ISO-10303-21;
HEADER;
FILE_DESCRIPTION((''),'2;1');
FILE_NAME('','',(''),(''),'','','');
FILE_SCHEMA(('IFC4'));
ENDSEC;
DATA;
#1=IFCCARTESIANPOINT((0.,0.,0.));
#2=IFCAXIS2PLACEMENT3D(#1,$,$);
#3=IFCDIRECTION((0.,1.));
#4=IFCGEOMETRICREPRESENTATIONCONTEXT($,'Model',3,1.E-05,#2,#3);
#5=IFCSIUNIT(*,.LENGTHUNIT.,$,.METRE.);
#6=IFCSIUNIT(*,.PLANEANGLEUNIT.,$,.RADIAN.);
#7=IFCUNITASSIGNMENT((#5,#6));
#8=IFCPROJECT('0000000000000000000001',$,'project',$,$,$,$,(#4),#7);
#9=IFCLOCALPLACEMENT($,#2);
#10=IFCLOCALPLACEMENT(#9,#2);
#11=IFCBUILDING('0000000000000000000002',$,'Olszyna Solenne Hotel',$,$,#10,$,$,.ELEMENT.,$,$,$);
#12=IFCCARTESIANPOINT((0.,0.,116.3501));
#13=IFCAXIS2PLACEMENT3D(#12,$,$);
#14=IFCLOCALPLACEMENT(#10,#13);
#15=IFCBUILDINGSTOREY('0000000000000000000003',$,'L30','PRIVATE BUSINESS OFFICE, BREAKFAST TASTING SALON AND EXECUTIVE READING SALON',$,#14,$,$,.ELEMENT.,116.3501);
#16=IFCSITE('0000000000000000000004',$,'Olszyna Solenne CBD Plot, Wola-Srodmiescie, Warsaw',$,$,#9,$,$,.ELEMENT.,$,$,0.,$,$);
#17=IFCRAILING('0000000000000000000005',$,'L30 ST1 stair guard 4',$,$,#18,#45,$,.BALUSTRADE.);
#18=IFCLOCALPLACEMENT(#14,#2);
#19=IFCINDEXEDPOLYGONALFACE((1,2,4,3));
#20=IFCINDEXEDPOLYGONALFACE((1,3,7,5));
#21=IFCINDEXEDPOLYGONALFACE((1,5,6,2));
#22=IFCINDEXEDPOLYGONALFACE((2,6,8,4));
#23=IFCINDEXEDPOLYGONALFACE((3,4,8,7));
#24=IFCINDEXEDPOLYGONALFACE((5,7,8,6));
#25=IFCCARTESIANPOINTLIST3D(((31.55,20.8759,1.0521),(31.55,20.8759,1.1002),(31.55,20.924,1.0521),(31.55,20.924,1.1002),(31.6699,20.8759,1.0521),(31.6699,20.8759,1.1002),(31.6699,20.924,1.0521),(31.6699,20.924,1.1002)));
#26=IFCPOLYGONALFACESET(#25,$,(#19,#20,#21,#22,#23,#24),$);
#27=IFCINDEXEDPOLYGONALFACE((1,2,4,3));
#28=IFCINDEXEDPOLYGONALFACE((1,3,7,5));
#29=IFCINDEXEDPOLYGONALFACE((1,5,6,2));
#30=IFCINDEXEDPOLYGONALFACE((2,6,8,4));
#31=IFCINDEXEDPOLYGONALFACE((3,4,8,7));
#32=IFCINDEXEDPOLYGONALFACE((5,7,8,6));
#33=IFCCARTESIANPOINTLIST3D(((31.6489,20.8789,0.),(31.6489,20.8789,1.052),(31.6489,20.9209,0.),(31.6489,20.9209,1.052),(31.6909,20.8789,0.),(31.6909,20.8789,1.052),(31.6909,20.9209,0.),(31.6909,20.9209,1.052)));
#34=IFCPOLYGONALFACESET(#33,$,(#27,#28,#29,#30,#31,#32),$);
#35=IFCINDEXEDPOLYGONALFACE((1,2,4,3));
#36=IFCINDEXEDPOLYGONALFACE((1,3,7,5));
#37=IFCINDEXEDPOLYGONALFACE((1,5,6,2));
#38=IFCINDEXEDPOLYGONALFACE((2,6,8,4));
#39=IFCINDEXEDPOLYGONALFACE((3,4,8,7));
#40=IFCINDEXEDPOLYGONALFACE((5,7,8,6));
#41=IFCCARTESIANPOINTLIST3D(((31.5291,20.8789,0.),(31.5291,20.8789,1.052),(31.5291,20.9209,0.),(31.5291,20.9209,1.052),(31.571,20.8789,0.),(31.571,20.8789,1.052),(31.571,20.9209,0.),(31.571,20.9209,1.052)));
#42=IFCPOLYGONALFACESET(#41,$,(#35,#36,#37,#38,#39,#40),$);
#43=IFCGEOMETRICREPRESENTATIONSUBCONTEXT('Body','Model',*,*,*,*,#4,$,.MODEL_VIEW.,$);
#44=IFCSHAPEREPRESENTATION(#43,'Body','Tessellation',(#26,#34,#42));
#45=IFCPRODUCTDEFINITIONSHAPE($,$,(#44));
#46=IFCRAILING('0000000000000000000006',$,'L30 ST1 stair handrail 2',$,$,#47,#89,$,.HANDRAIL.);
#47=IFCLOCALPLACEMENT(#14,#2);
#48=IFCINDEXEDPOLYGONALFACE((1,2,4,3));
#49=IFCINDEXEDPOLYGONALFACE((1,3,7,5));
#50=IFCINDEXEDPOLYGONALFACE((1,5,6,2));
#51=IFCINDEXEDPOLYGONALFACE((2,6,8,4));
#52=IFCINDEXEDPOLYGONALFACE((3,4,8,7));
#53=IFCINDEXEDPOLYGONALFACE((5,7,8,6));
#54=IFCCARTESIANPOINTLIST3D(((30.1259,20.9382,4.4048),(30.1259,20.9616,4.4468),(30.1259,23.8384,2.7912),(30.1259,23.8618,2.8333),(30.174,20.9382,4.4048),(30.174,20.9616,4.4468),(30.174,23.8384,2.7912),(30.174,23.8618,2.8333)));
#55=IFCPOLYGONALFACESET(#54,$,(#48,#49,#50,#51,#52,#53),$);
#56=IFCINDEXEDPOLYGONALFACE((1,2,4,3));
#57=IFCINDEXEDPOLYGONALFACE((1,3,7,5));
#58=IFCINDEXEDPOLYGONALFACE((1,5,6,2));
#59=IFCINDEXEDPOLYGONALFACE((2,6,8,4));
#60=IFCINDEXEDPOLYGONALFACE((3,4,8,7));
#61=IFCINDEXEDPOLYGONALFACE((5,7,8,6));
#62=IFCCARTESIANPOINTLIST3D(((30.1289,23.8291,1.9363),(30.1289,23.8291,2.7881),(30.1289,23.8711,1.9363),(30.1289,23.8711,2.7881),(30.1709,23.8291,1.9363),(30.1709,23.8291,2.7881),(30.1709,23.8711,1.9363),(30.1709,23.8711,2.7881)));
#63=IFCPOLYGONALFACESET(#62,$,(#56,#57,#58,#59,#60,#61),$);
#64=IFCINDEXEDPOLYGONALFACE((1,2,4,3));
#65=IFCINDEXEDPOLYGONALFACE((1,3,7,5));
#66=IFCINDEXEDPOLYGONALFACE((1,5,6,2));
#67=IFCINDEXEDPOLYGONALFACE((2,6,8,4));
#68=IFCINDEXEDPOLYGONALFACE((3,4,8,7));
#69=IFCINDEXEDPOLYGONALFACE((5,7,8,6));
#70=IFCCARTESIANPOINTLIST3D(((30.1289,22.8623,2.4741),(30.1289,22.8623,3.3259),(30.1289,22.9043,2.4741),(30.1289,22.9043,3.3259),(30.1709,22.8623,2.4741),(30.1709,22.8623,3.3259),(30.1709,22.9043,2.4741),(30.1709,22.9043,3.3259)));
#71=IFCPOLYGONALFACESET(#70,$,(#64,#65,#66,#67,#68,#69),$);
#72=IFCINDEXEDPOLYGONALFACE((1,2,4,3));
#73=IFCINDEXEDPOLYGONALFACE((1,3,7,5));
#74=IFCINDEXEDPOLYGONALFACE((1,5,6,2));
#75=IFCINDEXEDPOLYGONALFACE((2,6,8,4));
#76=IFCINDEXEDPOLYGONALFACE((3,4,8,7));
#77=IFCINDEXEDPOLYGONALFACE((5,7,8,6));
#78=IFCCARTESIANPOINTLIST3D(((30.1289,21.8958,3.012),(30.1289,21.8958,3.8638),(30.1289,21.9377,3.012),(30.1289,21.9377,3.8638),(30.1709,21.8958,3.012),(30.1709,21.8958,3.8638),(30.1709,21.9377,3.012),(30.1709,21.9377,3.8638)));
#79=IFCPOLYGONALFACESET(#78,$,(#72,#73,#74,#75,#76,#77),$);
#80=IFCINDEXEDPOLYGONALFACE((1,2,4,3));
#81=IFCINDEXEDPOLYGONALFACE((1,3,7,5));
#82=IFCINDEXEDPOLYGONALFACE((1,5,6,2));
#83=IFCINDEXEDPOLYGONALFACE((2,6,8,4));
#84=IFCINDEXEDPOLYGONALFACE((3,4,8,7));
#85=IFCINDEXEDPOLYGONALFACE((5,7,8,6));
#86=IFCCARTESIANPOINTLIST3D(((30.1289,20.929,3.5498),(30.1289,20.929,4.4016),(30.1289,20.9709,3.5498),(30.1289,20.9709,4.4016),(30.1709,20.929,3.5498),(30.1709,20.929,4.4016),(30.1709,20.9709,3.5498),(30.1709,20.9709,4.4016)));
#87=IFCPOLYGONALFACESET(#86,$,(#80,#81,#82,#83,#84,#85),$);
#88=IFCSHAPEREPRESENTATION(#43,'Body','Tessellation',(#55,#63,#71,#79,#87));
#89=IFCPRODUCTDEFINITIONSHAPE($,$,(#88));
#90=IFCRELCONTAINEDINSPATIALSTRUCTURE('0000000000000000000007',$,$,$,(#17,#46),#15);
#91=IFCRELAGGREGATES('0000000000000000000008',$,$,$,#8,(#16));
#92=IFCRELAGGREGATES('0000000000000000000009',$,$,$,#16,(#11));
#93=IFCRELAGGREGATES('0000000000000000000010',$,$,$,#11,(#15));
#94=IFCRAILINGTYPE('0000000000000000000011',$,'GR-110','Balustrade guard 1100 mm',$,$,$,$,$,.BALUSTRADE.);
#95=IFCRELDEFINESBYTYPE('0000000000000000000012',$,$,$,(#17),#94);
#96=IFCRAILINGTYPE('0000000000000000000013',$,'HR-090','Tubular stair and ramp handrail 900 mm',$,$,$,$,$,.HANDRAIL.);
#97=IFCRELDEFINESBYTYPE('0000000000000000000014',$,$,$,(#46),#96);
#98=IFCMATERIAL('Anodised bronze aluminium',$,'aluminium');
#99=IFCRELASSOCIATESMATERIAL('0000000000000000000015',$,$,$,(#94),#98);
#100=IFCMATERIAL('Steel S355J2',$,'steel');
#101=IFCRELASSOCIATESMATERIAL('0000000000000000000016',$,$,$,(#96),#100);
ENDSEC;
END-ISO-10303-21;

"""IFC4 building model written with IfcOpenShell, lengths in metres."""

from ifc_helpers import new_model, si_unit, direction, frame, origin, origin_2d, place, context, subcontext, project, spatial, rectangle, extrude, material, type_object, element, save


model = new_model("IFC4")

# Units and contexts
model_context = context("Model", 3, precision=1e-05, world=origin(), true_north=direction((0.0, 1.0)))
body_context = subcontext(model_context, "Body", "Model", "MODEL_VIEW")
ifc_project = project(units=[si_unit("LENGTHUNIT", "METRE"), si_unit("PLANEANGLEUNIT", "RADIAN")], contexts=[model_context])

# Site, building, storey
site_placement = place(None, origin())
site = spatial("IfcSite", under=ifc_project, at=site_placement, Name="Olszyna Solenne CBD Plot, Wola-Srodmiescie, Warsaw", CompositionType="ELEMENT", RefElevation=0.0)
building_placement = place(site_placement, origin())
building = spatial("IfcBuilding", under=site, at=building_placement, Name="Olszyna Solenne Hotel", CompositionType="ELEMENT")
storey_placement = place(building_placement, frame((0.0, 0.0, 116.3501)))
storey = spatial("IfcBuildingStorey", under=building, at=storey_placement, Name="L30", Description="PRIVATE BUSINESS OFFICE, BREAKFAST TASTING SALON AND EXECUTIVE READING SALON", CompositionType="ELEMENT", Elevation=116.3501)

# Shared definitions
ifc_material_1 = material(Name="Anodised bronze aluminium", Category="aluminium")

# Railings
railing_type_1 = type_object("IfcRailingType", Name="GR-110", Description="Balustrade guard 1100 mm", PredefinedType="BALUSTRADE", material=ifc_material_1)
railing_1_placement = place(storey_placement, frame((31.6699, 20.8999, 0.0)))
element("IfcRailing", 1, at=railing_1_placement, inside=storey, type_object=railing_type_1, Name="L30 ST1 stair guard 4", PredefinedType="BALUSTRADE", context=body_context, shape_type="SweptSolid", body=[
    extrude(rectangle(XDim=0.0481, YDim=0.0481, at=origin_2d()), frame((0.0, 0.0, 1.0762), z_axis=(-1.0, 0.0, 0.0), x_axis=(0.0, -1.0, 0.0)), (0.0, 0.0, 1.0), 0.1199),
    extrude(rectangle(XDim=0.042, YDim=0.042, at=origin_2d()), origin(), (0.0, 0.0, 1.0), 1.052),
    extrude(rectangle(XDim=0.042, YDim=0.042, at=origin_2d()), frame((-0.1199, 0.0, 0.0)), (0.0, 0.0, 1.0), 1.052),
])
ifc_material_2 = material(Name="Steel S355J2", Category="steel")
railing_type_2 = type_object("IfcRailingType", Name="HR-090", Description="Tubular stair and ramp handrail 900 mm", PredefinedType="HANDRAIL", material=ifc_material_2)
railing_2_placement = place(storey_placement, frame((30.1499, 23.8501, 1.9363)))
element("IfcRailing", 2, at=railing_2_placement, inside=storey, type_object=railing_type_2, Name="L30 ST1 stair handrail 2", PredefinedType="HANDRAIL", context=body_context, shape_type="SweptSolid", body=[
    extrude(rectangle(XDim=0.0481, YDim=0.0481, at=origin_2d()), frame((0.0, 0.0, 0.876), z_axis=(0.0, -0.873859, 0.48618), x_axis=(1.0, 0.0, 0.0)), (0.0, 0.0, 1.0), 3.3188),
    extrude(rectangle(XDim=0.042, YDim=0.042, at=origin_2d()), origin(), (0.0, 0.0, 1.0), 0.8518),
    extrude(rectangle(XDim=0.042, YDim=0.042, at=origin_2d()), frame((0.0, -0.9668, 0.5378)), (0.0, 0.0, 1.0), 0.8518),
    extrude(rectangle(XDim=0.042, YDim=0.042, at=origin_2d()), frame((0.0, -1.9333, 1.0757)), (0.0, 0.0, 1.0), 0.8518),
    extrude(rectangle(XDim=0.042, YDim=0.042, at=origin_2d()), frame((0.0, -2.9001, 1.6135)), (0.0, 0.0, 1.0), 0.8518),
])

save(model, "model.ifc")
